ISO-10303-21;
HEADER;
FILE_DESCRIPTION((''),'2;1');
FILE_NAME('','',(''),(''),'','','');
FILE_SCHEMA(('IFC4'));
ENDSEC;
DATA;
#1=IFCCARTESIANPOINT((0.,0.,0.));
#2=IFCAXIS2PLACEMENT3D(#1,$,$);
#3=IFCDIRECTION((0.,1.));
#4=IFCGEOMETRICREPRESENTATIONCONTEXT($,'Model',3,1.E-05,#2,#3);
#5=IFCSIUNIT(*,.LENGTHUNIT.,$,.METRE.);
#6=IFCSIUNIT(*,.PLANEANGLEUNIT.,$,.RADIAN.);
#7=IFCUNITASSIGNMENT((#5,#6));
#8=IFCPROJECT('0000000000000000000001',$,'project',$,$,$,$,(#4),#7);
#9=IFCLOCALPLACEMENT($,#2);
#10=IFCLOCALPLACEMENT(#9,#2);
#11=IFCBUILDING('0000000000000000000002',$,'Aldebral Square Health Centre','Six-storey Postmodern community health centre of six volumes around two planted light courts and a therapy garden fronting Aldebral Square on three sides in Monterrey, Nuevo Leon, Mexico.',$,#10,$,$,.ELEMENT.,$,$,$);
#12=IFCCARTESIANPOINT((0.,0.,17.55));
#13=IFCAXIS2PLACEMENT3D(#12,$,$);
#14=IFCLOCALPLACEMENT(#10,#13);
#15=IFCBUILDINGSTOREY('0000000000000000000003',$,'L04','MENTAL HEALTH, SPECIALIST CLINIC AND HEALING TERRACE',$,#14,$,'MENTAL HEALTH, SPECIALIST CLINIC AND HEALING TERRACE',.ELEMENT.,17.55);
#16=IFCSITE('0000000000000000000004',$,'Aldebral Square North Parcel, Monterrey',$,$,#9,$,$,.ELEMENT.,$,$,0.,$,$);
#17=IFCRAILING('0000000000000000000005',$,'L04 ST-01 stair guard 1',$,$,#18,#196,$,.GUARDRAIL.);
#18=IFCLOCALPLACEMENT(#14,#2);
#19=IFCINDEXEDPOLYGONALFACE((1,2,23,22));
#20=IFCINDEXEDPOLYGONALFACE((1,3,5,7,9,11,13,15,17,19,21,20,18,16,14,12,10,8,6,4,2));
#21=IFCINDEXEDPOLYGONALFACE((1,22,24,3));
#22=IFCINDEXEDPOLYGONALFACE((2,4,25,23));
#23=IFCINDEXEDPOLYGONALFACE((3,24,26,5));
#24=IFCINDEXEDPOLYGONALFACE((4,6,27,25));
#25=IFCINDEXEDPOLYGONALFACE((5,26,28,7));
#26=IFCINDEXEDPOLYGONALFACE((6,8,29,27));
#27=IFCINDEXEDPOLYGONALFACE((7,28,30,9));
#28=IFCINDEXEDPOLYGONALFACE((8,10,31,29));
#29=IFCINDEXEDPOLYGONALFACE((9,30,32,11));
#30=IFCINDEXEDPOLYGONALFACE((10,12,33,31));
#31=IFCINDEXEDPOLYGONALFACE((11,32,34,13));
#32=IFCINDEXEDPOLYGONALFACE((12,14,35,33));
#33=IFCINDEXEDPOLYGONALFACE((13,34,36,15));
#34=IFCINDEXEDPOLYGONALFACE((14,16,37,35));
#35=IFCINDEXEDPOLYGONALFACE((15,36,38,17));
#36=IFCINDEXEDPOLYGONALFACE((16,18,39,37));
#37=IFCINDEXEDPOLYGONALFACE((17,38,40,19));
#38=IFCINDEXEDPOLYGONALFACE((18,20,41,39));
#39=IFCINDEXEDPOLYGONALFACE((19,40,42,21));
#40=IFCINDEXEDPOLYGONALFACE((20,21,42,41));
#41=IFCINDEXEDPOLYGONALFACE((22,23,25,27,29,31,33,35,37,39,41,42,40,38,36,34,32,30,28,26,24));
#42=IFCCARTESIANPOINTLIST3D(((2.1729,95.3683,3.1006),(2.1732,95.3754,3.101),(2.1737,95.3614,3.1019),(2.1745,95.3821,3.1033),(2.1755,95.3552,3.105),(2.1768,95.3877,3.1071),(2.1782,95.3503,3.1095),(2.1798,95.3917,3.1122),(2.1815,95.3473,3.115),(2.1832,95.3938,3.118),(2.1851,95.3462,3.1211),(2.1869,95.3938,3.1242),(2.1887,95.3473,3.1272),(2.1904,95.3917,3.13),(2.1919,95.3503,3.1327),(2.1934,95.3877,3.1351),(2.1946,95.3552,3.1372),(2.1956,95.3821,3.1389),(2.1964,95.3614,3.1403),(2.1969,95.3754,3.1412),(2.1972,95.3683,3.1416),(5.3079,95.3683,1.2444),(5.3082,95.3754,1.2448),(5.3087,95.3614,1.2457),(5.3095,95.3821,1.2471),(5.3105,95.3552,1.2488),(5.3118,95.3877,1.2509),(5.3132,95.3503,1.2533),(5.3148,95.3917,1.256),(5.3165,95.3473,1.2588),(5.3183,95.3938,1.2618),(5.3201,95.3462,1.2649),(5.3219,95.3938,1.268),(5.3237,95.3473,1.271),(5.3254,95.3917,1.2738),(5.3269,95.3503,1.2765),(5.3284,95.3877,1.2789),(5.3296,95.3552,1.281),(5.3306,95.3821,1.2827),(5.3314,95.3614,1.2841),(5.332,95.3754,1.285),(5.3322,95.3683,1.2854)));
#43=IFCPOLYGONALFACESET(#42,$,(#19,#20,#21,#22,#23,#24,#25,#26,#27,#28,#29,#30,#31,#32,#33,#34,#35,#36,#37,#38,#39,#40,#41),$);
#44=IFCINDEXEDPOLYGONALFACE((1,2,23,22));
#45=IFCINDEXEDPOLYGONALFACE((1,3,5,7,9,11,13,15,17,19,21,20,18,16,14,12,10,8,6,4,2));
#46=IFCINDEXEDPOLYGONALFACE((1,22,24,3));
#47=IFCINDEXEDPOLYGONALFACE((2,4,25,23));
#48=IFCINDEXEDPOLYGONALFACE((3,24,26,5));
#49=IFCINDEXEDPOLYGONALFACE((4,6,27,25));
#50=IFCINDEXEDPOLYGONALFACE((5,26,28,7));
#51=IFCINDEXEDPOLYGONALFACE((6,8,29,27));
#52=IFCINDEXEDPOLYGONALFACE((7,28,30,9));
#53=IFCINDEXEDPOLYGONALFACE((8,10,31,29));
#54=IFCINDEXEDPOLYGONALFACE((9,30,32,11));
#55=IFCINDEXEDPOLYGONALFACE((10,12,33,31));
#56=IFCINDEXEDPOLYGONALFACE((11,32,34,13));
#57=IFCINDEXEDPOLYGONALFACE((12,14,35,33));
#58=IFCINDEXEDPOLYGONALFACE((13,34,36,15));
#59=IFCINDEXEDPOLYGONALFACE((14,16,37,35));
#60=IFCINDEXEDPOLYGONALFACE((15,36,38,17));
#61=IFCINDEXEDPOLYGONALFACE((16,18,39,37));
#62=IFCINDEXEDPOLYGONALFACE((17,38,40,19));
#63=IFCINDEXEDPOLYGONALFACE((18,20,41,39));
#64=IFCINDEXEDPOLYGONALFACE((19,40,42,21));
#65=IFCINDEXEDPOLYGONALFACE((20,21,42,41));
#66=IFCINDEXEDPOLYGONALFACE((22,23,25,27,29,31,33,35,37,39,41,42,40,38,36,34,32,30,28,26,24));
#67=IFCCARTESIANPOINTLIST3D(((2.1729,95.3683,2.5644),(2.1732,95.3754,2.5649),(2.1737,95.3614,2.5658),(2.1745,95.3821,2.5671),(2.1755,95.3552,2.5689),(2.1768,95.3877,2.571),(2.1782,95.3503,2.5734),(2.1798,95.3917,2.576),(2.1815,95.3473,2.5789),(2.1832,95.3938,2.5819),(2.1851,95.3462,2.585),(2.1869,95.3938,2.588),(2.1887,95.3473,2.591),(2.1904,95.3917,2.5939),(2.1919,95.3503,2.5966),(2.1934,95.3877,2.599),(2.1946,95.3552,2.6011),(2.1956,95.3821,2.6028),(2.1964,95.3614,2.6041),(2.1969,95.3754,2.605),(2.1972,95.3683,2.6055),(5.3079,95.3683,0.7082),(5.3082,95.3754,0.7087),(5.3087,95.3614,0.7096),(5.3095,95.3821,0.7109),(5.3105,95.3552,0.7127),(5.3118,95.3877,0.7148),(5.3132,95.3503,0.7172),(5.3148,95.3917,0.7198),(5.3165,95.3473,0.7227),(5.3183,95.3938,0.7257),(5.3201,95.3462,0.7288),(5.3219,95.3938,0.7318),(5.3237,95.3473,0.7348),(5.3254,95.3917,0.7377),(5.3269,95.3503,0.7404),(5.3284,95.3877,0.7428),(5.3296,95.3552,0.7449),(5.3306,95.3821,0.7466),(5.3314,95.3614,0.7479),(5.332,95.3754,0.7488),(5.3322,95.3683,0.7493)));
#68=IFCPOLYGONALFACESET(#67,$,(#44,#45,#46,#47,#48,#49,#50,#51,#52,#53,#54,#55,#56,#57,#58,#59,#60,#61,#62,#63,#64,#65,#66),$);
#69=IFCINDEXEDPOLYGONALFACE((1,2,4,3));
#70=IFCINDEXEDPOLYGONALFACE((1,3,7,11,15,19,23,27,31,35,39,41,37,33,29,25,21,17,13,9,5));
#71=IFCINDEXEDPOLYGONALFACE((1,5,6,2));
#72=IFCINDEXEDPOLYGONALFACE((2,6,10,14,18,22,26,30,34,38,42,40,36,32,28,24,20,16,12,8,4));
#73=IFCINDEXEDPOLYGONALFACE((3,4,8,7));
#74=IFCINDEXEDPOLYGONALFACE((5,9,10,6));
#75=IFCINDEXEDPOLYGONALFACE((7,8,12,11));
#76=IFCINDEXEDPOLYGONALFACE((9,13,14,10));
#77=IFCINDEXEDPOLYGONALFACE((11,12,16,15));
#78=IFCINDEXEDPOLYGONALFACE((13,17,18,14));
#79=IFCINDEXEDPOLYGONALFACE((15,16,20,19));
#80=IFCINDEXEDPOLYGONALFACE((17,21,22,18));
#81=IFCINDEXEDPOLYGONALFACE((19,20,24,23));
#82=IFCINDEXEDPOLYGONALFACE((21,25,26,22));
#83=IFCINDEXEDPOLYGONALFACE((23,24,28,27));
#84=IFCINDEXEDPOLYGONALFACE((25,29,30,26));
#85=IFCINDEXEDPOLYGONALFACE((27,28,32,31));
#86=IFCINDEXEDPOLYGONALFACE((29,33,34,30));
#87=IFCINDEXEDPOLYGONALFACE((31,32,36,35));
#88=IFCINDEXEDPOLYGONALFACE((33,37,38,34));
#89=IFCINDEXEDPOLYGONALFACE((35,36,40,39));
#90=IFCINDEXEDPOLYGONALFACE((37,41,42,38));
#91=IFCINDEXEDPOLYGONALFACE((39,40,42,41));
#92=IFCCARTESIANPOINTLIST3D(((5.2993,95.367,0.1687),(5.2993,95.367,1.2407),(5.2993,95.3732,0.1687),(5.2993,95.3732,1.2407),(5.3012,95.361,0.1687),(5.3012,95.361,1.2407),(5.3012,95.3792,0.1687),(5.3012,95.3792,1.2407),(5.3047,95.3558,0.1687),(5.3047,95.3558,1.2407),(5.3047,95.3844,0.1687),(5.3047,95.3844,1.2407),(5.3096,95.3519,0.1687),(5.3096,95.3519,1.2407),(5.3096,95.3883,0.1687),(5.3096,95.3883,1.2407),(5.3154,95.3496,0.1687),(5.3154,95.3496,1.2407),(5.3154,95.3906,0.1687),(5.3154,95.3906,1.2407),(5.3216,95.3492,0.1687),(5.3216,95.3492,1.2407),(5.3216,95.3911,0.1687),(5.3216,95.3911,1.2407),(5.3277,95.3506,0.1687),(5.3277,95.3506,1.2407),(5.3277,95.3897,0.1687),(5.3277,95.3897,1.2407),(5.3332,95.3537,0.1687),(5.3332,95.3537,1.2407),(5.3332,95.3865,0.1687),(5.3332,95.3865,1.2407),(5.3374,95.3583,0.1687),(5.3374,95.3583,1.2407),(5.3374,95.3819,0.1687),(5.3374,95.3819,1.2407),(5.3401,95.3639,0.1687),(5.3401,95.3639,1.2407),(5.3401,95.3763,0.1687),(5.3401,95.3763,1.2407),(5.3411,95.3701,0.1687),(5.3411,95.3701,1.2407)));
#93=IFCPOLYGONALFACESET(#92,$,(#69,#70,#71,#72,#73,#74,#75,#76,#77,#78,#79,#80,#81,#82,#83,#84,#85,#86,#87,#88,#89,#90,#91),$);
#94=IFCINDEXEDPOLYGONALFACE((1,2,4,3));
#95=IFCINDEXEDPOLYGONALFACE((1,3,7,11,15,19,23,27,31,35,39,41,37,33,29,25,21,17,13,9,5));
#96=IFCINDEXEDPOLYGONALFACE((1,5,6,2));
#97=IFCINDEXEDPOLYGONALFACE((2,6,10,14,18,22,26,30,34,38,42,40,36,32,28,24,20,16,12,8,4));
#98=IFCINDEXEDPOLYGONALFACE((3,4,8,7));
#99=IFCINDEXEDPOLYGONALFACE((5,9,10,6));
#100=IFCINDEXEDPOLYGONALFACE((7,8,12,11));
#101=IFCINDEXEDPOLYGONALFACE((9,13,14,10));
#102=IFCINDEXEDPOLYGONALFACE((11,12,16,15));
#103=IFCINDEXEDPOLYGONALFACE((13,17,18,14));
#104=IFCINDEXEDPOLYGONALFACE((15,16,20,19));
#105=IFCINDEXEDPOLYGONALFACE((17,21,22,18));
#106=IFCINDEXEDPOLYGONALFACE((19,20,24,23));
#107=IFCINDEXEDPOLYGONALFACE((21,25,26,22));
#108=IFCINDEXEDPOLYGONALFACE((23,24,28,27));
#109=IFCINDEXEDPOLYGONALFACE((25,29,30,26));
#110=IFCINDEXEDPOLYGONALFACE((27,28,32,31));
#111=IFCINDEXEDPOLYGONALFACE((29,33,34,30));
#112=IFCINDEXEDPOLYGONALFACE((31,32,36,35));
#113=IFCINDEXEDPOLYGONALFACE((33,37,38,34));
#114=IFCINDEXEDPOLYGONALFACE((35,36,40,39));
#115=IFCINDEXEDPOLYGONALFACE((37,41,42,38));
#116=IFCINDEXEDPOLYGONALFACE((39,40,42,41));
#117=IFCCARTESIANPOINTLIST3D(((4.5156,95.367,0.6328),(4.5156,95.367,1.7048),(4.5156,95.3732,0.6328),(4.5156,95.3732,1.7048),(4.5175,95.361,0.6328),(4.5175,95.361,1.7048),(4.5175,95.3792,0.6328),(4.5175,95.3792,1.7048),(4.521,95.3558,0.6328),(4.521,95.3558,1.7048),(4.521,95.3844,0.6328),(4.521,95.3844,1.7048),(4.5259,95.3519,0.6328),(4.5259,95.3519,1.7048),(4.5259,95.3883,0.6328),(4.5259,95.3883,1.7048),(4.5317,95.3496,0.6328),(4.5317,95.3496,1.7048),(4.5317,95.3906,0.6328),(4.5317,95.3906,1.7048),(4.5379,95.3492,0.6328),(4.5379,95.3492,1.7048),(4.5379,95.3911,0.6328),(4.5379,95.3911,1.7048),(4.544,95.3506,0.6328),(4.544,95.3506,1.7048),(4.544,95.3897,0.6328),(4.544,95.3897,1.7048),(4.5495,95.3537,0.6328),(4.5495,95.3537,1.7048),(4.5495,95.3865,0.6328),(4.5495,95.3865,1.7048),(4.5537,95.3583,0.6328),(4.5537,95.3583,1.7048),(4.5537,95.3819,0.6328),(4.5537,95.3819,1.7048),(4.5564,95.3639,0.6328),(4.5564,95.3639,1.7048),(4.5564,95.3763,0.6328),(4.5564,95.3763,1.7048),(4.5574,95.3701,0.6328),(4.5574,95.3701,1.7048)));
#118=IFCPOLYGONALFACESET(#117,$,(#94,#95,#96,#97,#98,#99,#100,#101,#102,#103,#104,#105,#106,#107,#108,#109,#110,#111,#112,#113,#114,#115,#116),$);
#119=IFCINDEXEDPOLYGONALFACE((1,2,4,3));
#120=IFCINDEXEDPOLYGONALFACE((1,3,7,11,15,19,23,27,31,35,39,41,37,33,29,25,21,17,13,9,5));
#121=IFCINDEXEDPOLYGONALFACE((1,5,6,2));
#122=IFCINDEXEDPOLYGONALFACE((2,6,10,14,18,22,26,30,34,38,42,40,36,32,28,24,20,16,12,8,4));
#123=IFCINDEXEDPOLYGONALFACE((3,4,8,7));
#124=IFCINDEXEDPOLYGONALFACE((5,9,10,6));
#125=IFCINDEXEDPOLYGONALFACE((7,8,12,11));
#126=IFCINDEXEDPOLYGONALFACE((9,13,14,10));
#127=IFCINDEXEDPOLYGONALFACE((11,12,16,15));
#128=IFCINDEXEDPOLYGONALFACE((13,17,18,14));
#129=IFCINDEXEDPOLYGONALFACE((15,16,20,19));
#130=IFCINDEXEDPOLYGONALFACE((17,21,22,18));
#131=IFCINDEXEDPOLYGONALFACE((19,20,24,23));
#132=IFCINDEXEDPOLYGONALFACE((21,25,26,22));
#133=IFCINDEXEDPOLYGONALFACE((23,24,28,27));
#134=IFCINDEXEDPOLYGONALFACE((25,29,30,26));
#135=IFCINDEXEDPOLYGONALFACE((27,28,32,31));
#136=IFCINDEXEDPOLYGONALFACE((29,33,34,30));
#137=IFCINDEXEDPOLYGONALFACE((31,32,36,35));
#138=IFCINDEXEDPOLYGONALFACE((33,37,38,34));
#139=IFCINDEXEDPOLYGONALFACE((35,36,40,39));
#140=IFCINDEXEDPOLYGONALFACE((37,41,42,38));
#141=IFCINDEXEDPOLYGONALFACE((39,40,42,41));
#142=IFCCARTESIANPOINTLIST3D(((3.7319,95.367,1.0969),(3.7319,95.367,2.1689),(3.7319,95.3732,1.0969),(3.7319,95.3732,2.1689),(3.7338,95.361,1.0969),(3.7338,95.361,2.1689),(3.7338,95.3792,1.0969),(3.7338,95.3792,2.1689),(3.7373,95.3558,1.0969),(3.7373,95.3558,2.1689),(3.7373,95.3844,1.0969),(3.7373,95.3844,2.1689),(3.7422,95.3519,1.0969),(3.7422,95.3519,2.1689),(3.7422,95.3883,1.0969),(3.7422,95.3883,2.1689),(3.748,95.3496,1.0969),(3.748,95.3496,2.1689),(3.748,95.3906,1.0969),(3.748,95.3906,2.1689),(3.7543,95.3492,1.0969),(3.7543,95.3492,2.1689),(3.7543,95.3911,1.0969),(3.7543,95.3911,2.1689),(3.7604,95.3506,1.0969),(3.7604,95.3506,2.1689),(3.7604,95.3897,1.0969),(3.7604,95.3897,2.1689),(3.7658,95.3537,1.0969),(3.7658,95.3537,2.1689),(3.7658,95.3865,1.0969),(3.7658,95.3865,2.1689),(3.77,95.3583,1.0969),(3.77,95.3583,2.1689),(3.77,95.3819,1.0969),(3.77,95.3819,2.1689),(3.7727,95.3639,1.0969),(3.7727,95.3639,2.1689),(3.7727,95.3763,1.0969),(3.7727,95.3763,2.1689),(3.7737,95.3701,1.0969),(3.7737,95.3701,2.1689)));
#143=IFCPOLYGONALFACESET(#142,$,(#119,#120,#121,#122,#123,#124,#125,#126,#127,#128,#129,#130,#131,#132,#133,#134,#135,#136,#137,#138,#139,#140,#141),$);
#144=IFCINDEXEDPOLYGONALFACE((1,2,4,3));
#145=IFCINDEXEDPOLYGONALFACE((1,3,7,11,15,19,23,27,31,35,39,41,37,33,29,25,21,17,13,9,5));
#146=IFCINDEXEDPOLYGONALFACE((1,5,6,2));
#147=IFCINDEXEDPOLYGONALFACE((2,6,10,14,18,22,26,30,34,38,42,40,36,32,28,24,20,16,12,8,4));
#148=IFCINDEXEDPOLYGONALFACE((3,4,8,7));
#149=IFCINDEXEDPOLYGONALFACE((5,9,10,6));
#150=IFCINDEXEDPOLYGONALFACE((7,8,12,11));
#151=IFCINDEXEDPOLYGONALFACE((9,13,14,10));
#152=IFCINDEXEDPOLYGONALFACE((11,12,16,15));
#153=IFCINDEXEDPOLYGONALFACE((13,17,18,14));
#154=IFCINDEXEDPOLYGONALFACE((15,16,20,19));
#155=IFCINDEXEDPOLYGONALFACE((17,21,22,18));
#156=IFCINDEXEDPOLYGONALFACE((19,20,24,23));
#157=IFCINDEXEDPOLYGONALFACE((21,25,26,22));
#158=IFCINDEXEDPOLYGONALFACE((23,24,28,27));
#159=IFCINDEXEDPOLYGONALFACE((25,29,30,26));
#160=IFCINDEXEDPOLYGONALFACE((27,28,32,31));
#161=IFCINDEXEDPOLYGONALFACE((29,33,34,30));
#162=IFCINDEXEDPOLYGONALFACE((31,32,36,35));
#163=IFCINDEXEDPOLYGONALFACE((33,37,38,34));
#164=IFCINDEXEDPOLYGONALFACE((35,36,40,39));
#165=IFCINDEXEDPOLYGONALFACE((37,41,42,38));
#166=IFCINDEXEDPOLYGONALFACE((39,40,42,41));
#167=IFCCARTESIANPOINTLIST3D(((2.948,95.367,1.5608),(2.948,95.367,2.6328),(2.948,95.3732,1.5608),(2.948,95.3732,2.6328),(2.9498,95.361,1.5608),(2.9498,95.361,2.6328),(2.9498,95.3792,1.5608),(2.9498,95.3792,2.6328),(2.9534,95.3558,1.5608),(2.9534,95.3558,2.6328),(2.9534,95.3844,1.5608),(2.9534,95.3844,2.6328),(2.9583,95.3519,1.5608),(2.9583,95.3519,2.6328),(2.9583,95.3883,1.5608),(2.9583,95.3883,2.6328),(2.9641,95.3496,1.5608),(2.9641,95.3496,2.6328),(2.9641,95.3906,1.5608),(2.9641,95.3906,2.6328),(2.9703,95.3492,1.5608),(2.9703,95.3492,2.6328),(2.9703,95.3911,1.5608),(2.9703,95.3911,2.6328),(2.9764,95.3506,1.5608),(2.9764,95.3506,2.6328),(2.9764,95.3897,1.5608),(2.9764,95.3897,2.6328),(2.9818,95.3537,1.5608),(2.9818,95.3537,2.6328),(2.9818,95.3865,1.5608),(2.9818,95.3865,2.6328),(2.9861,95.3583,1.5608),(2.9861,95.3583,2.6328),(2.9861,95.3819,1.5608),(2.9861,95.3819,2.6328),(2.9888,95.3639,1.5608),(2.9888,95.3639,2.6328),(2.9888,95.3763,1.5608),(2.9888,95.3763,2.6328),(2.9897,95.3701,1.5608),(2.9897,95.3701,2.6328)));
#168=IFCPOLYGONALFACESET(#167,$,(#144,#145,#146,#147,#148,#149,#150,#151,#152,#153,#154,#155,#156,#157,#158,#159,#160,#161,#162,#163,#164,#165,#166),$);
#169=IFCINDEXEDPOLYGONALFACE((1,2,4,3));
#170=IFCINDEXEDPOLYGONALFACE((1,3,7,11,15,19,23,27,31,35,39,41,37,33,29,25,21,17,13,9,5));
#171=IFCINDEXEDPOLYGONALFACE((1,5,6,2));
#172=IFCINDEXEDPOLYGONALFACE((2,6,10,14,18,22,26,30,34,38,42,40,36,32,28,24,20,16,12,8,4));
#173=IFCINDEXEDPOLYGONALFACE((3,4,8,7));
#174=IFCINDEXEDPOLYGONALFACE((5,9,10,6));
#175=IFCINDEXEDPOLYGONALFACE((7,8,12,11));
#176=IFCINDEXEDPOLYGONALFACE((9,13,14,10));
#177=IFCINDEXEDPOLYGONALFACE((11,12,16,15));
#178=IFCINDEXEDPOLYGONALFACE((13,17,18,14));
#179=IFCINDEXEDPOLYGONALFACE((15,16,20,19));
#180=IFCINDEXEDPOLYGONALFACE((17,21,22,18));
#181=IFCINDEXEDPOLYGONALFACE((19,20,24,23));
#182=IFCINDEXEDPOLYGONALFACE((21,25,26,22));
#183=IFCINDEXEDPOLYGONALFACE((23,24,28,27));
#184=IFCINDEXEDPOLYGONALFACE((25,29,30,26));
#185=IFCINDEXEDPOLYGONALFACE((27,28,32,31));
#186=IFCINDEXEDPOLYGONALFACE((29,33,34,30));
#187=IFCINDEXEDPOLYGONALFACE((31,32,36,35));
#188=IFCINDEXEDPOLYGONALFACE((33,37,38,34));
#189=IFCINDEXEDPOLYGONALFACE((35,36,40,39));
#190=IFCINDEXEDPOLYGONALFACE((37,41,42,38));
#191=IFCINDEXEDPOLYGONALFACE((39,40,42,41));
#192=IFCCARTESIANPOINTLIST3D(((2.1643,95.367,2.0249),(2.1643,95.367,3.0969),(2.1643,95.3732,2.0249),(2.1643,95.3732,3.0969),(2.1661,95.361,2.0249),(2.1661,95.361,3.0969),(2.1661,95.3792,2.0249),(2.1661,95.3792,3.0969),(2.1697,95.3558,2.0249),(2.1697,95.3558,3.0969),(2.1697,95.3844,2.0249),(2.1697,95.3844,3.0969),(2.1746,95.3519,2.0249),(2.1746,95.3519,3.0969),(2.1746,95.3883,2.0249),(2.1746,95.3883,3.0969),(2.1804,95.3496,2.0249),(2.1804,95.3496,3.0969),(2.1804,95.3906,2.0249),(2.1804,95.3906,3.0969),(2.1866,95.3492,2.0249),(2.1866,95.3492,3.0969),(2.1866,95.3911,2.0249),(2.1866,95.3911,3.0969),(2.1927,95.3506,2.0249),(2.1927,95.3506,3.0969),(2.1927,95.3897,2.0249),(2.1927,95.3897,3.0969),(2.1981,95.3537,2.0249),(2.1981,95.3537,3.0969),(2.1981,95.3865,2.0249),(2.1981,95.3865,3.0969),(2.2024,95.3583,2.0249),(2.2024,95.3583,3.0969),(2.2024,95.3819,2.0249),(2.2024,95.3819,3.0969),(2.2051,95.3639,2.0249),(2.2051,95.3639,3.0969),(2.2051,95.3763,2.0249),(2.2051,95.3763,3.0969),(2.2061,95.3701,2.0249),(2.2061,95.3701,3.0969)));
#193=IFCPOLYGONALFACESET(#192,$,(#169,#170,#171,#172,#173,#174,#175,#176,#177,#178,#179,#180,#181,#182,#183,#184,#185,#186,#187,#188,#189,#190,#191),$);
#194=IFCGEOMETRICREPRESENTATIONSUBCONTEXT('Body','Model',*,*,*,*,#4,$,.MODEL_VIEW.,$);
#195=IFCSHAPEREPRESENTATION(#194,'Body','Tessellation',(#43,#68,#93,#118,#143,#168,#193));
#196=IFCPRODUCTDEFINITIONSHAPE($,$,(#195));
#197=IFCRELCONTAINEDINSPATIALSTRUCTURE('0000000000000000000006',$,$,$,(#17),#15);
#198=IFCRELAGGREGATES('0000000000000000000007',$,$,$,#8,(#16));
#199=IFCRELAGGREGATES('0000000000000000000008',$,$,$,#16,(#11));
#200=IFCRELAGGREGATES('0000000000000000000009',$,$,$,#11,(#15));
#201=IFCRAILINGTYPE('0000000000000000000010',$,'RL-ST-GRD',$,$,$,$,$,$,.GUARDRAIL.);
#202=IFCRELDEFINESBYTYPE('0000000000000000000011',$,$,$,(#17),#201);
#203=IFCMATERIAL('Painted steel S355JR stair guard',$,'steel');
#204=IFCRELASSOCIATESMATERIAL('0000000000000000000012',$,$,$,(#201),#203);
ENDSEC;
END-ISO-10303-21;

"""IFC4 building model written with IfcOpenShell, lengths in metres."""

from ifc_helpers import new_model, si_unit, direction, frame, origin, origin_2d, place, context, subcontext, project, spatial, circle, extrude, material, type_object, element, save


model = new_model("IFC4")

# Units and contexts
model_context = context("Model", 3, precision=1e-05, world=origin(), true_north=direction((0.0, 1.0)))
body_context = subcontext(model_context, "Body", "Model", "MODEL_VIEW")
ifc_project = project(units=[si_unit("LENGTHUNIT", "METRE"), si_unit("PLANEANGLEUNIT", "RADIAN")], contexts=[model_context])

# Site, building, storey
site_placement = place(None, origin())
site = spatial("IfcSite", under=ifc_project, at=site_placement, Name="Aldebral Square North Parcel, Monterrey", CompositionType="ELEMENT", RefElevation=0.0)
building_placement = place(site_placement, origin())
building = spatial("IfcBuilding", under=site, at=building_placement, Name="Aldebral Square Health Centre", Description="Six-storey Postmodern community health centre of six volumes around two planted light courts and a therapy garden fronting Aldebral Square on three sides in Monterrey, Nuevo Leon, Mexico.", CompositionType="ELEMENT")
storey_placement = place(building_placement, frame((0.0, 0.0, 17.55)))
storey = spatial("IfcBuildingStorey", under=building, at=storey_placement, Name="L04", Description="MENTAL HEALTH, SPECIALIST CLINIC AND HEALING TERRACE", LongName="MENTAL HEALTH, SPECIALIST CLINIC AND HEALING TERRACE", CompositionType="ELEMENT", Elevation=17.55)

# Railing
ifc_material_1 = material(Name="Painted steel S355JR stair guard", Category="steel")
railing_type_1 = type_object("IfcRailingType", Name="RL-ST-GRD", PredefinedType="GUARDRAIL", material=ifc_material_1)
railing_1_placement = place(storey_placement, frame((5.3201, 95.3701, 0.1687)))
element("IfcRailing", 1, at=railing_1_placement, inside=storey, type_object=railing_type_1, Name="L04 ST-01 stair guard 1", PredefinedType="GUARDRAIL", context=body_context, shape_type="SweptSolid", body=[
    extrude(circle(Radius=0.0239, at=origin_2d()), frame((0.0, 0.0, 1.0962), z_axis=(-0.860482, 0.0, 0.509481), x_axis=(0.0, -1.0, 0.0)), (0.0, 0.0, 1.0), 3.6433),
    extrude(circle(Radius=0.0239, at=origin_2d()), frame((0.0, 0.0, 0.5601), z_axis=(-0.860482, 0.0, 0.509481), x_axis=(0.0, -1.0, 0.0)), (0.0, 0.0, 1.0), 3.6433),
    extrude(circle(Radius=0.021, at=origin_2d()), origin(), (0.0, 0.0, 1.0), 1.072),
    extrude(circle(Radius=0.021, at=origin_2d()), frame((-0.7837, 0.0, 0.4641)), (0.0, 0.0, 1.0), 1.072),
    extrude(circle(Radius=0.021, at=origin_2d()), frame((-1.5674, 0.0, 0.9282)), (0.0, 0.0, 1.0), 1.072),
    extrude(circle(Radius=0.021, at=origin_2d()), frame((-2.3513, 0.0, 1.3921)), (0.0, 0.0, 1.0), 1.072),
    extrude(circle(Radius=0.021, at=origin_2d()), frame((-3.135, 0.0, 1.8562)), (0.0, 0.0, 1.0), 1.072),
])

save(model, "model.ifc")
